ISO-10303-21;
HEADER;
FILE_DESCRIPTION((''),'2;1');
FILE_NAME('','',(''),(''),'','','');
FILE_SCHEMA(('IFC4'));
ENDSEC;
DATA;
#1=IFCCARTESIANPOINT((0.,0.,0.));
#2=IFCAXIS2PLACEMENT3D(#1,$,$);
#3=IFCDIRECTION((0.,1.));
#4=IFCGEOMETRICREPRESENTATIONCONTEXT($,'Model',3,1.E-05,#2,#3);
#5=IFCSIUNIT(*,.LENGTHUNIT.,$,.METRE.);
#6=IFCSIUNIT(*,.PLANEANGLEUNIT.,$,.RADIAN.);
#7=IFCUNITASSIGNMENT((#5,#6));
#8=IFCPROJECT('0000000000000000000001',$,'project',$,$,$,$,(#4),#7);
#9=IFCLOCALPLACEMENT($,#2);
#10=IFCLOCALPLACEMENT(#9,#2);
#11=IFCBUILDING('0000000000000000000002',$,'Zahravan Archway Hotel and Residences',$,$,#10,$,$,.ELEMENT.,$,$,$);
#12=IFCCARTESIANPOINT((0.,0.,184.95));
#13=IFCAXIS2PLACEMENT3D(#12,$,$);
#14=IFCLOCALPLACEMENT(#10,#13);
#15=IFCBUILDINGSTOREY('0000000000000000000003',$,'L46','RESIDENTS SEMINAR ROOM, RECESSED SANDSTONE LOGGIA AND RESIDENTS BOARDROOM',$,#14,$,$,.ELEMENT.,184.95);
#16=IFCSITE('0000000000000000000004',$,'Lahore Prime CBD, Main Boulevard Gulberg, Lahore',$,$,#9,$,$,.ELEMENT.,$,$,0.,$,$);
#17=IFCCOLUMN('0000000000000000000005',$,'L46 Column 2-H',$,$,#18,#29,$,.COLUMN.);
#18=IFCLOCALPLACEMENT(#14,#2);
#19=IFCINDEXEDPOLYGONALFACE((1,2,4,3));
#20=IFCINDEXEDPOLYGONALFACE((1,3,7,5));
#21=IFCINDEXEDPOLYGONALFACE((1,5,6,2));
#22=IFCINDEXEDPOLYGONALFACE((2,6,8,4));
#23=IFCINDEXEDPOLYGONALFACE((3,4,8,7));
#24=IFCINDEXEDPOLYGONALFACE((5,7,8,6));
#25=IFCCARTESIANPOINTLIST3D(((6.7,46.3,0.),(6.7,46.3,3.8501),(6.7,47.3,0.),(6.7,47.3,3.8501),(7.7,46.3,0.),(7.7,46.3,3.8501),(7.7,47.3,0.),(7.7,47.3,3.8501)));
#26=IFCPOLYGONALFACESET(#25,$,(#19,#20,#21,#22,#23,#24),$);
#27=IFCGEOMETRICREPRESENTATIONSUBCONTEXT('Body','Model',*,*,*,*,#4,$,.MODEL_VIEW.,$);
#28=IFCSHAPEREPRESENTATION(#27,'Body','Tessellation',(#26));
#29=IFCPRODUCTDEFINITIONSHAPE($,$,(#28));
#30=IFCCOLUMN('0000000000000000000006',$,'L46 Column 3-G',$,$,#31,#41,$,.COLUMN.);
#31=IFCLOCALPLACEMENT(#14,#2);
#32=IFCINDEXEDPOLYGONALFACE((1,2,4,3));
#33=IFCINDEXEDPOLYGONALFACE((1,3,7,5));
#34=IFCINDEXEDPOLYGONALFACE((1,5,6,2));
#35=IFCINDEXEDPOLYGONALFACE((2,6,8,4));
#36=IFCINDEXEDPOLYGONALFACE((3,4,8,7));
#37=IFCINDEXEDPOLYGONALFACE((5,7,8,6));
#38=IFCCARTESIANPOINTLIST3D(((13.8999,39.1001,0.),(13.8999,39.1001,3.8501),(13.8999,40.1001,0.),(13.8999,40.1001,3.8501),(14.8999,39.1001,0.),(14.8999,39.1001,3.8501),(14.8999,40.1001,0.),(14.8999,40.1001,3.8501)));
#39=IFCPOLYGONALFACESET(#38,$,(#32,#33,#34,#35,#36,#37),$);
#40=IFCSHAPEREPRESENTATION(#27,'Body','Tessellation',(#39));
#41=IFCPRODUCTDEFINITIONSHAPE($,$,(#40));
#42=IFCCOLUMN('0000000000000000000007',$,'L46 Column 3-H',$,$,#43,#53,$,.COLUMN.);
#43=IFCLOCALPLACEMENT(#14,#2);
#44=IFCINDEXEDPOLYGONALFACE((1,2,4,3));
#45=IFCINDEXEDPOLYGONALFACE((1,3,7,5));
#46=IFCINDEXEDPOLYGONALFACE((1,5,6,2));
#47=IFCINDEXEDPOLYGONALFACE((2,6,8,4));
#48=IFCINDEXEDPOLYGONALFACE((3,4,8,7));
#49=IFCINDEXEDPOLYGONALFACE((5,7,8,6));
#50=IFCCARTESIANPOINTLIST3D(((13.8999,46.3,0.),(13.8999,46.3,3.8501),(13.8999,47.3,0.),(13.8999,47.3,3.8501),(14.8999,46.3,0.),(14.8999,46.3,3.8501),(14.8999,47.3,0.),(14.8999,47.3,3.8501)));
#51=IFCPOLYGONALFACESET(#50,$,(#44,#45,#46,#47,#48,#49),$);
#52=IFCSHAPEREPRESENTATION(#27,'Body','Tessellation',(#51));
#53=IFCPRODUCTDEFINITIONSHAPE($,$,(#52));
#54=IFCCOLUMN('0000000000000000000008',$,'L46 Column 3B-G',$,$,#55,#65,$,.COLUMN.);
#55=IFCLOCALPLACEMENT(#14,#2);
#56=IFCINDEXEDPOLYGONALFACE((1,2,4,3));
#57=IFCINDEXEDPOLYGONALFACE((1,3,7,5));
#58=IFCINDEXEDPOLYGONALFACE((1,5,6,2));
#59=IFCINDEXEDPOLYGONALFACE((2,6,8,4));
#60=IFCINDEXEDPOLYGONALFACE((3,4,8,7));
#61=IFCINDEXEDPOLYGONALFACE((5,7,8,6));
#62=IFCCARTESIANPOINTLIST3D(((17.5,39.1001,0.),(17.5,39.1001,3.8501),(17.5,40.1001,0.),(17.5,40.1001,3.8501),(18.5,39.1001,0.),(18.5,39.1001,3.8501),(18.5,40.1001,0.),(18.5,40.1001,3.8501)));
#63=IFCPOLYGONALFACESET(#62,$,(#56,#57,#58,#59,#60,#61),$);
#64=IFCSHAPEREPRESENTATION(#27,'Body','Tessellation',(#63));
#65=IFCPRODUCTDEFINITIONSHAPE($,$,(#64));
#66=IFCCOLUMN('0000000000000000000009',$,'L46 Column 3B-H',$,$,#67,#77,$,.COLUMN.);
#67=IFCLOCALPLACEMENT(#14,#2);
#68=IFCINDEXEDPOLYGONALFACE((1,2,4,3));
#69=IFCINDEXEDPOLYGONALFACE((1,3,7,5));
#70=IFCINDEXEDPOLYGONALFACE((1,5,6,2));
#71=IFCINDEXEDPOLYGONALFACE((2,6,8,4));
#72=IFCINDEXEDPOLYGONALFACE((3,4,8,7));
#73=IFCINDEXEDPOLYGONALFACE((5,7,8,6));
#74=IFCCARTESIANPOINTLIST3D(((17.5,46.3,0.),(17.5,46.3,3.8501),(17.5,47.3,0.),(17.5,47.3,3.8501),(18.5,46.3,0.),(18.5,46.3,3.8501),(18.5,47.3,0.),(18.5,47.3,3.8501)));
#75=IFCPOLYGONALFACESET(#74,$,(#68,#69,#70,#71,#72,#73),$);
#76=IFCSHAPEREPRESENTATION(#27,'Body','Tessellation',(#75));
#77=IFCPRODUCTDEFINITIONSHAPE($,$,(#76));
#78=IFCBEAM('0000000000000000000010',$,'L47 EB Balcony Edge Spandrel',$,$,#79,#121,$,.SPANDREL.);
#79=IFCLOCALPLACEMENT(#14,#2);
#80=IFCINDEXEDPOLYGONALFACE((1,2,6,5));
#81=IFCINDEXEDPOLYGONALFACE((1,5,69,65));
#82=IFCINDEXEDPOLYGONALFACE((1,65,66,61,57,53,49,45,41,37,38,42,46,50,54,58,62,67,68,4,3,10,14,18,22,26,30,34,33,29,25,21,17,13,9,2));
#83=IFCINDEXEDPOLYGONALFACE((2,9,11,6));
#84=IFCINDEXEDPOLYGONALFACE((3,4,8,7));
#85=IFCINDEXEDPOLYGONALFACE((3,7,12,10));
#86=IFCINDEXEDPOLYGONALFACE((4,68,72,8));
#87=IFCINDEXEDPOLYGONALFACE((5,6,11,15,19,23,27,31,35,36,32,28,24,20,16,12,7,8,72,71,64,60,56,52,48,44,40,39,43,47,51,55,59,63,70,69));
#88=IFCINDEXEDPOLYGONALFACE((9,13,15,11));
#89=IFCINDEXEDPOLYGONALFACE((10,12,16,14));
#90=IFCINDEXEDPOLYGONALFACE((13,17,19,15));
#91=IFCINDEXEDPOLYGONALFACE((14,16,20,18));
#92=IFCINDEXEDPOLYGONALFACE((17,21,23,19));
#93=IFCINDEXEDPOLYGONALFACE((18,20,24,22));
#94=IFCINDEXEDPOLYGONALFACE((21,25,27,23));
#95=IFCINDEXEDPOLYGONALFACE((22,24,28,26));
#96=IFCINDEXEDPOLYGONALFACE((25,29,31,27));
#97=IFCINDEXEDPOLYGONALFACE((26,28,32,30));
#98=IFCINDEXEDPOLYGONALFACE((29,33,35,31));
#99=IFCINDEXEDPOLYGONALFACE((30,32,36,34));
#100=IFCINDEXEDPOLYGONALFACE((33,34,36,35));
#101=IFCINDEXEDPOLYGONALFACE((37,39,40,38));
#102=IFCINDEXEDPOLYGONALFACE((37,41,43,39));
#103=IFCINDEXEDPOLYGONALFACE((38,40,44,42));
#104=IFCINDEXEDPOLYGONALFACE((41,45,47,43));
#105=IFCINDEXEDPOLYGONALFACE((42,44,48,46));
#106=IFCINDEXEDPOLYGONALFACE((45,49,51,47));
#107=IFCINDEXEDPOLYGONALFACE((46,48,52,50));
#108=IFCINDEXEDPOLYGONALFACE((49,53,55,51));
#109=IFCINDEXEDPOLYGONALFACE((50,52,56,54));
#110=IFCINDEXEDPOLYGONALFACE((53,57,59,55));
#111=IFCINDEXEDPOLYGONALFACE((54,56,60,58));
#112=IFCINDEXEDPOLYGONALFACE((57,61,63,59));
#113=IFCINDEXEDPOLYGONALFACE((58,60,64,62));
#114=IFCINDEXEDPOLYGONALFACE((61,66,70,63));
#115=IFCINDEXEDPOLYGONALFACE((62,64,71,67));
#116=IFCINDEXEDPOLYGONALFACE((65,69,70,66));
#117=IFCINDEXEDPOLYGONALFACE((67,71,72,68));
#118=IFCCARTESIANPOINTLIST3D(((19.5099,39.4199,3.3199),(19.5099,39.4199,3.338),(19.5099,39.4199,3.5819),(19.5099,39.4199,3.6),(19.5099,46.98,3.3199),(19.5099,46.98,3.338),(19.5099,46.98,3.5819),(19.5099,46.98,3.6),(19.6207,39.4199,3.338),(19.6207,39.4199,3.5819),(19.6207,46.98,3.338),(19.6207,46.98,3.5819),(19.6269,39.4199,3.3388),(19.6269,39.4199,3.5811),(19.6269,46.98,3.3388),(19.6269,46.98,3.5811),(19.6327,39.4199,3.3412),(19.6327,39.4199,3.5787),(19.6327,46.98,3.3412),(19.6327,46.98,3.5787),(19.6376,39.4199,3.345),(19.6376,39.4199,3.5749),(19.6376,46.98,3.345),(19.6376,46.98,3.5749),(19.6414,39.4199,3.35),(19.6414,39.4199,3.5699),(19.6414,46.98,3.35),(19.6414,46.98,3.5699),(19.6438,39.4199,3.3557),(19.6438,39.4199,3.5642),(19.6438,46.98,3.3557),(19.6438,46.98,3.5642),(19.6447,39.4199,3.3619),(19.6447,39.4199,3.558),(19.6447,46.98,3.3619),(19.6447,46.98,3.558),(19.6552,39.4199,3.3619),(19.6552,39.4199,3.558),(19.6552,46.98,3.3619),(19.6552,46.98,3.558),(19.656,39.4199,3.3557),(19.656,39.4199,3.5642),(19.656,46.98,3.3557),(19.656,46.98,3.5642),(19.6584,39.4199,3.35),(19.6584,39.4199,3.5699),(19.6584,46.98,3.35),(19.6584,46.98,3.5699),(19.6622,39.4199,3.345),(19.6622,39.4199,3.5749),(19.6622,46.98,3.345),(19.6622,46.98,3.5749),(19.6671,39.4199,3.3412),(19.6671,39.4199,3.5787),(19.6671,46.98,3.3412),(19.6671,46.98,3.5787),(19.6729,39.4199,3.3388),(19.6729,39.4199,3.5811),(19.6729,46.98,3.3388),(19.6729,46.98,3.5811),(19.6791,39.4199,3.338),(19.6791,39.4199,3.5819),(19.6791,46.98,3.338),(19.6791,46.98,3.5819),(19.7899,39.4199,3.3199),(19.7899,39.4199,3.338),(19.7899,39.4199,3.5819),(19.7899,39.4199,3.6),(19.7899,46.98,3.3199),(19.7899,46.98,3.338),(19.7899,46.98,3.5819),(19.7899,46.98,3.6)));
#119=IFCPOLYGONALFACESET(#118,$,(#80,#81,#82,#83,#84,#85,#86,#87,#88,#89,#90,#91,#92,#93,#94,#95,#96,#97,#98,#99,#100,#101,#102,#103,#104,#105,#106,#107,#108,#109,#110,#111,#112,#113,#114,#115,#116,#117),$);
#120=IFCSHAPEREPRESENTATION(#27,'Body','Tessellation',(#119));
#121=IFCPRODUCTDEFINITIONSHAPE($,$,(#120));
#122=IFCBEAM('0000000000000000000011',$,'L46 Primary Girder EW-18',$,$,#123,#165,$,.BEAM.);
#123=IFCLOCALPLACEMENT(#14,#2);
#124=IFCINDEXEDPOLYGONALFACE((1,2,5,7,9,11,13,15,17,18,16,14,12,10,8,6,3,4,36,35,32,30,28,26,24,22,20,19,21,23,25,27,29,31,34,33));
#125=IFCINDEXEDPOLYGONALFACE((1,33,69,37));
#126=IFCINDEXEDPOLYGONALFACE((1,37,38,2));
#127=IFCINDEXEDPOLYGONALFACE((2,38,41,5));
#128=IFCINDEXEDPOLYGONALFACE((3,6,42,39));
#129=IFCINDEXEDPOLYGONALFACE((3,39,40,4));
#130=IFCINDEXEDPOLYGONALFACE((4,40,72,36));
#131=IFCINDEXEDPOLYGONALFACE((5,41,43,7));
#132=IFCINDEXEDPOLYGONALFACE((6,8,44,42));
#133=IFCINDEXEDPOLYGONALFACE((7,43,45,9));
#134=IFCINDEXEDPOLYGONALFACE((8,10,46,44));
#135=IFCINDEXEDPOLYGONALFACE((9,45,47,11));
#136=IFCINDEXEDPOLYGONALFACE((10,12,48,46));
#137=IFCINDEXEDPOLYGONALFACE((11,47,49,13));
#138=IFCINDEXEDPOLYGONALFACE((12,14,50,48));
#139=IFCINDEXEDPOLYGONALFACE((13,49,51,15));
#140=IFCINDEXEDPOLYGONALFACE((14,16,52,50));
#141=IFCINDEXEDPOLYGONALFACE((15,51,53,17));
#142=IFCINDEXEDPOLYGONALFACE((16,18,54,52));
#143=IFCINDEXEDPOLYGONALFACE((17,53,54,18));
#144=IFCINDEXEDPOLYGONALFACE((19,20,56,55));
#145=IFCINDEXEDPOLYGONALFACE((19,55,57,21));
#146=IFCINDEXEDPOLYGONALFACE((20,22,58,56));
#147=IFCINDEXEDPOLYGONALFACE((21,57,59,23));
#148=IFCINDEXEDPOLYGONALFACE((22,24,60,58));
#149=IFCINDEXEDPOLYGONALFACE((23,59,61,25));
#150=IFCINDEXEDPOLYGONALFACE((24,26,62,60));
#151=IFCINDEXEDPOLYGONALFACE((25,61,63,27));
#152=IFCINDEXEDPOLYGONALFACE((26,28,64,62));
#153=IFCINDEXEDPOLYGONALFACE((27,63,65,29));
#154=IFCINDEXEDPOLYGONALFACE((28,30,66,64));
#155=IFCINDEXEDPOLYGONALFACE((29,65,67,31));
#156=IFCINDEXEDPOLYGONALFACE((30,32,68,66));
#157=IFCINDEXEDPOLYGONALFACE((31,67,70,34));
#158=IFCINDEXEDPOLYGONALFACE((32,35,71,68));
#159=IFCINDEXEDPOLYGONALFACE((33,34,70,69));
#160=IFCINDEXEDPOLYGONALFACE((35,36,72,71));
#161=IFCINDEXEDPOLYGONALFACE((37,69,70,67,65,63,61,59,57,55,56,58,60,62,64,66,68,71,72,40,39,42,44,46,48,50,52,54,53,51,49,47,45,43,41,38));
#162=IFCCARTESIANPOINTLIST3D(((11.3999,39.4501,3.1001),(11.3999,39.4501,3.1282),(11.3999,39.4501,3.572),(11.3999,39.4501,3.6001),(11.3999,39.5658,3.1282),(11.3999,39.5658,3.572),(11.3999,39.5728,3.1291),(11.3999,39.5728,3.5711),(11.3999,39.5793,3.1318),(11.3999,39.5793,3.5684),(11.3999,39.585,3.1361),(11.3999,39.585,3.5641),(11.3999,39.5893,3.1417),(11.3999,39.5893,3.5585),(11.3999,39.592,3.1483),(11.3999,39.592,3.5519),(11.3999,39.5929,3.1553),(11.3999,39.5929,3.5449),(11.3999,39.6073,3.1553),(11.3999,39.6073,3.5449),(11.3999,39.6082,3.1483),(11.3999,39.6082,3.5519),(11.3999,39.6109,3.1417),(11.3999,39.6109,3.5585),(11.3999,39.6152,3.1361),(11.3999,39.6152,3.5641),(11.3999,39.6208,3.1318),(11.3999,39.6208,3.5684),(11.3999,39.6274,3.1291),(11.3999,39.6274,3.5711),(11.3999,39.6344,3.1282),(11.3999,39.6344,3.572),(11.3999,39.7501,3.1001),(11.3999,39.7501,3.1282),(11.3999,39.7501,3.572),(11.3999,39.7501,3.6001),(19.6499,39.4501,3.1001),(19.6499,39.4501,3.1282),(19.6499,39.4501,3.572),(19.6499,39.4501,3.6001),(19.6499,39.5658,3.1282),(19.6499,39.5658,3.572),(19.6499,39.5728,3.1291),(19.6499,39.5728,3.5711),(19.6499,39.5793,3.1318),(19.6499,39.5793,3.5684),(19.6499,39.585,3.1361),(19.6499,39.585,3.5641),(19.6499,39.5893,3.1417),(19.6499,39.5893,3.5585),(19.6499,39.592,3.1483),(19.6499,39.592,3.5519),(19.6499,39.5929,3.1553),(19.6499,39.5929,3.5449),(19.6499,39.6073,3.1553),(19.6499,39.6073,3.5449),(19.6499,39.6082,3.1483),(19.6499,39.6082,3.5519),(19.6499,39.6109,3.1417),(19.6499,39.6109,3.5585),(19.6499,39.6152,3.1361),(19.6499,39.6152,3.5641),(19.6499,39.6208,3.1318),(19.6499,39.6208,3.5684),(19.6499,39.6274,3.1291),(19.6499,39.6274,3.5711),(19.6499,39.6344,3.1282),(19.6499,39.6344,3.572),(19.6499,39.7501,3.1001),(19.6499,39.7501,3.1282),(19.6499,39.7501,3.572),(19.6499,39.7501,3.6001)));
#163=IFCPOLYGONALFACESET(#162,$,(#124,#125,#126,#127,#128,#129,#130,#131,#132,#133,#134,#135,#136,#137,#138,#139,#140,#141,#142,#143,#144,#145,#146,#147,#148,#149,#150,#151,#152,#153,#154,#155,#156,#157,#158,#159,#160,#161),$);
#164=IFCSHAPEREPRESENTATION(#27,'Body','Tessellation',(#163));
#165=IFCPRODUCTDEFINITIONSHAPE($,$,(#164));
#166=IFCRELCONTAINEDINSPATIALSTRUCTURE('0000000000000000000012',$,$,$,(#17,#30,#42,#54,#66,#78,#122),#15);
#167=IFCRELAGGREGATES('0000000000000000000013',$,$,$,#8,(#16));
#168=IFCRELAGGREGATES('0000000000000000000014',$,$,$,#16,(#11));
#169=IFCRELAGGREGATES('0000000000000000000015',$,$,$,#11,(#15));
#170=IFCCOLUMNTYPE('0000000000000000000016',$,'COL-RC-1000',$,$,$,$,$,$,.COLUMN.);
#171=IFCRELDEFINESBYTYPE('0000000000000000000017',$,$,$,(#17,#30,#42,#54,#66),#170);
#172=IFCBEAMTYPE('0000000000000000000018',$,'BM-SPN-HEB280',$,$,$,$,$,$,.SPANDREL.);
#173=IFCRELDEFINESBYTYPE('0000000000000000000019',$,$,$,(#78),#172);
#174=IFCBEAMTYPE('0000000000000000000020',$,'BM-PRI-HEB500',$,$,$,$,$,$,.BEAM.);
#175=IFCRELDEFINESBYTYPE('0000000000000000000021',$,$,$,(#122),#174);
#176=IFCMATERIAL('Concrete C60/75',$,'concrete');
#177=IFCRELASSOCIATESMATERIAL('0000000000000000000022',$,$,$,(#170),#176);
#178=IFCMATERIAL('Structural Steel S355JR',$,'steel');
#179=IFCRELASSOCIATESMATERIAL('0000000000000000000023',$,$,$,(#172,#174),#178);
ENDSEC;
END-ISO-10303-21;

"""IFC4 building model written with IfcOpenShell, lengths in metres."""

from ifc_helpers import new_model, si_unit, direction, frame, origin, origin_2d, place, context, subcontext, project, spatial, rectangle, i_section, extrude, source, transform, mapped, material, material_profile, profile_set, type_object, type_shapes, element, save


model = new_model("IFC4")

# Units and contexts
model_context = context("Model", 3, precision=1e-05, world=origin(), true_north=direction((0.0, 1.0)))
body_context = subcontext(model_context, "Body", "Model", "MODEL_VIEW")
ifc_project = project(units=[si_unit("LENGTHUNIT", "METRE"), si_unit("PLANEANGLEUNIT", "RADIAN")], contexts=[model_context])

# Site, building, storey
site_placement = place(None, origin())
site = spatial("IfcSite", under=ifc_project, at=site_placement, Name="Lahore Prime CBD, Main Boulevard Gulberg, Lahore", CompositionType="ELEMENT", RefElevation=0.0)
building_placement = place(site_placement, origin())
building = spatial("IfcBuilding", under=site, at=building_placement, Name="Zahravan Archway Hotel and Residences", CompositionType="ELEMENT")
storey_placement = place(building_placement, frame((0.0, 0.0, 184.95)))
storey = spatial("IfcBuildingStorey", under=building, at=storey_placement, Name="L46", Description="RESIDENTS SEMINAR ROOM, RECESSED SANDSTONE LOGGIA AND RESIDENTS BOARDROOM", CompositionType="ELEMENT", Elevation=184.95)

# Columns
ifc_material_1 = material(Name="Concrete C60/75", Category="concrete")
ifc_material_profile_1 = material_profile(ifc_material_1, rectangle(XDim=1.0, YDim=1.0, at=origin_2d()), Name="RC-COL-1000x1000", Category="concrete")
ifc_profile_set_1 = profile_set([ifc_material_profile_1], Name="Concrete C60/75")
column_type = type_object("IfcColumnType", Name="COL-RC-1000", PredefinedType="COLUMN", material=ifc_profile_set_1)
shared_shape_1 = source(origin(), body_context, "Body", "SweptSolid", [
    extrude(rectangle(XDim=1.0, YDim=1.0, at=origin_2d()), origin(), (0.0, 0.0, 1.0), 3.8501),
])
for number, where, z_axis, x_axis, name in (
    (1, (7.2, 46.8, 0.0), (0.0, 0.0, 1.0), (1.0, 0.0, 0.0), "L46 Column 2-H"),
    (2, (14.3999, 39.6001, 0.0), (0.0, 0.0, 1.0), (1.0, 0.0, 0.0), "L46 Column 3-G"),
    (3, (14.3999, 46.8, 0.0), (0.0, 0.0, 1.0), (1.0, 0.0, 0.0), "L46 Column 3-H"),
    (4, (18.0, 39.6001, 0.0), (0.0, 0.0, 1.0), (1.0, 0.0, 0.0), "L46 Column 3B-G"),
    (5, (18.0, 46.8, 0.0), (0.0, 0.0, 1.0), (1.0, 0.0, 0.0), "L46 Column 3B-H"),
):
    element("IfcColumn", number, at=place(storey_placement, frame(where, z_axis=z_axis, x_axis=x_axis)), inside=storey, type_object=column_type, Name=name, PredefinedType="COLUMN", context=body_context, shape_type="MappedRepresentation", body=[
        mapped(shared_shape_1, transform((0.0, 0.0, 0.0), scale=1.0)),
    ])

# Beams
ifc_material_2 = material(Name="Structural Steel S355JR", Category="steel")
ifc_material_profile_2 = material_profile(ifc_material_2, i_section(OverallWidth=0.28, OverallDepth=0.28, WebThickness=0.0105, FlangeThickness=0.0181, FilletRadius=0.0239, at=origin_2d()), Name="HEB 280", Category="steel")
ifc_profile_set_2 = profile_set([ifc_material_profile_2], Name="Structural Steel S355JR")
beam_type_1 = type_object("IfcBeamType", Name="BM-SPN-HEB280", PredefinedType="SPANDREL", material=ifc_profile_set_2)
shared_shape_2 = source(origin(), body_context, "Body", "SweptSolid", [
    extrude(i_section(OverallWidth=0.28, OverallDepth=0.28, WebThickness=0.0105, FlangeThickness=0.0181, FilletRadius=0.0239, at=origin_2d()), origin(), (0.0, 0.0, 1.0), 7.5601),
])
type_shapes(beam_type_1, [shared_shape_2])
beam_1_placement = place(storey_placement, frame((19.6499, 39.4199, 3.46), z_axis=(0.0, 1.0, 0.0), x_axis=(-1.0, 0.0, 0.0)))
element("IfcBeam", 6, at=beam_1_placement, inside=storey, type_object=beam_type_1, Name="L47 EB Balcony Edge Spandrel", PredefinedType="SPANDREL", context=body_context, shape_type="MappedRepresentation", body=[
    mapped(shared_shape_2, transform((0.0, 0.0, 0.0), scale=1.0)),
])
ifc_material_profile_3 = material_profile(ifc_material_2, i_section(OverallWidth=0.3, OverallDepth=0.5, WebThickness=0.0144, FlangeThickness=0.0281, FilletRadius=0.0271, at=origin_2d()), Name="HEB 500", Category="steel")
ifc_profile_set_3 = profile_set([ifc_material_profile_3], Name="Structural Steel S355JR")
beam_type_2 = type_object("IfcBeamType", Name="BM-PRI-HEB500", PredefinedType="BEAM", material=ifc_profile_set_3)
shared_shape_3 = source(origin(), body_context, "Body", "SweptSolid", [
    extrude(i_section(OverallWidth=0.3, OverallDepth=0.5, WebThickness=0.0144, FlangeThickness=0.0281, FilletRadius=0.0271, at=origin_2d()), origin(), (0.0, 0.0, 1.0), 8.25),
])
beam_2_placement = place(storey_placement, frame((11.3999, 39.6001, 3.3501), z_axis=(1.0, 0.0, 0.0), x_axis=(0.0, 1.0, 0.0)))
element("IfcBeam", 7, at=beam_2_placement, inside=storey, type_object=beam_type_2, Name="L46 Primary Girder EW-18", PredefinedType="BEAM", context=body_context, shape_type="MappedRepresentation", body=[
    mapped(shared_shape_3, transform((0.0, 0.0, 0.0), scale=1.0)),
])

save(model, "model.ifc")
